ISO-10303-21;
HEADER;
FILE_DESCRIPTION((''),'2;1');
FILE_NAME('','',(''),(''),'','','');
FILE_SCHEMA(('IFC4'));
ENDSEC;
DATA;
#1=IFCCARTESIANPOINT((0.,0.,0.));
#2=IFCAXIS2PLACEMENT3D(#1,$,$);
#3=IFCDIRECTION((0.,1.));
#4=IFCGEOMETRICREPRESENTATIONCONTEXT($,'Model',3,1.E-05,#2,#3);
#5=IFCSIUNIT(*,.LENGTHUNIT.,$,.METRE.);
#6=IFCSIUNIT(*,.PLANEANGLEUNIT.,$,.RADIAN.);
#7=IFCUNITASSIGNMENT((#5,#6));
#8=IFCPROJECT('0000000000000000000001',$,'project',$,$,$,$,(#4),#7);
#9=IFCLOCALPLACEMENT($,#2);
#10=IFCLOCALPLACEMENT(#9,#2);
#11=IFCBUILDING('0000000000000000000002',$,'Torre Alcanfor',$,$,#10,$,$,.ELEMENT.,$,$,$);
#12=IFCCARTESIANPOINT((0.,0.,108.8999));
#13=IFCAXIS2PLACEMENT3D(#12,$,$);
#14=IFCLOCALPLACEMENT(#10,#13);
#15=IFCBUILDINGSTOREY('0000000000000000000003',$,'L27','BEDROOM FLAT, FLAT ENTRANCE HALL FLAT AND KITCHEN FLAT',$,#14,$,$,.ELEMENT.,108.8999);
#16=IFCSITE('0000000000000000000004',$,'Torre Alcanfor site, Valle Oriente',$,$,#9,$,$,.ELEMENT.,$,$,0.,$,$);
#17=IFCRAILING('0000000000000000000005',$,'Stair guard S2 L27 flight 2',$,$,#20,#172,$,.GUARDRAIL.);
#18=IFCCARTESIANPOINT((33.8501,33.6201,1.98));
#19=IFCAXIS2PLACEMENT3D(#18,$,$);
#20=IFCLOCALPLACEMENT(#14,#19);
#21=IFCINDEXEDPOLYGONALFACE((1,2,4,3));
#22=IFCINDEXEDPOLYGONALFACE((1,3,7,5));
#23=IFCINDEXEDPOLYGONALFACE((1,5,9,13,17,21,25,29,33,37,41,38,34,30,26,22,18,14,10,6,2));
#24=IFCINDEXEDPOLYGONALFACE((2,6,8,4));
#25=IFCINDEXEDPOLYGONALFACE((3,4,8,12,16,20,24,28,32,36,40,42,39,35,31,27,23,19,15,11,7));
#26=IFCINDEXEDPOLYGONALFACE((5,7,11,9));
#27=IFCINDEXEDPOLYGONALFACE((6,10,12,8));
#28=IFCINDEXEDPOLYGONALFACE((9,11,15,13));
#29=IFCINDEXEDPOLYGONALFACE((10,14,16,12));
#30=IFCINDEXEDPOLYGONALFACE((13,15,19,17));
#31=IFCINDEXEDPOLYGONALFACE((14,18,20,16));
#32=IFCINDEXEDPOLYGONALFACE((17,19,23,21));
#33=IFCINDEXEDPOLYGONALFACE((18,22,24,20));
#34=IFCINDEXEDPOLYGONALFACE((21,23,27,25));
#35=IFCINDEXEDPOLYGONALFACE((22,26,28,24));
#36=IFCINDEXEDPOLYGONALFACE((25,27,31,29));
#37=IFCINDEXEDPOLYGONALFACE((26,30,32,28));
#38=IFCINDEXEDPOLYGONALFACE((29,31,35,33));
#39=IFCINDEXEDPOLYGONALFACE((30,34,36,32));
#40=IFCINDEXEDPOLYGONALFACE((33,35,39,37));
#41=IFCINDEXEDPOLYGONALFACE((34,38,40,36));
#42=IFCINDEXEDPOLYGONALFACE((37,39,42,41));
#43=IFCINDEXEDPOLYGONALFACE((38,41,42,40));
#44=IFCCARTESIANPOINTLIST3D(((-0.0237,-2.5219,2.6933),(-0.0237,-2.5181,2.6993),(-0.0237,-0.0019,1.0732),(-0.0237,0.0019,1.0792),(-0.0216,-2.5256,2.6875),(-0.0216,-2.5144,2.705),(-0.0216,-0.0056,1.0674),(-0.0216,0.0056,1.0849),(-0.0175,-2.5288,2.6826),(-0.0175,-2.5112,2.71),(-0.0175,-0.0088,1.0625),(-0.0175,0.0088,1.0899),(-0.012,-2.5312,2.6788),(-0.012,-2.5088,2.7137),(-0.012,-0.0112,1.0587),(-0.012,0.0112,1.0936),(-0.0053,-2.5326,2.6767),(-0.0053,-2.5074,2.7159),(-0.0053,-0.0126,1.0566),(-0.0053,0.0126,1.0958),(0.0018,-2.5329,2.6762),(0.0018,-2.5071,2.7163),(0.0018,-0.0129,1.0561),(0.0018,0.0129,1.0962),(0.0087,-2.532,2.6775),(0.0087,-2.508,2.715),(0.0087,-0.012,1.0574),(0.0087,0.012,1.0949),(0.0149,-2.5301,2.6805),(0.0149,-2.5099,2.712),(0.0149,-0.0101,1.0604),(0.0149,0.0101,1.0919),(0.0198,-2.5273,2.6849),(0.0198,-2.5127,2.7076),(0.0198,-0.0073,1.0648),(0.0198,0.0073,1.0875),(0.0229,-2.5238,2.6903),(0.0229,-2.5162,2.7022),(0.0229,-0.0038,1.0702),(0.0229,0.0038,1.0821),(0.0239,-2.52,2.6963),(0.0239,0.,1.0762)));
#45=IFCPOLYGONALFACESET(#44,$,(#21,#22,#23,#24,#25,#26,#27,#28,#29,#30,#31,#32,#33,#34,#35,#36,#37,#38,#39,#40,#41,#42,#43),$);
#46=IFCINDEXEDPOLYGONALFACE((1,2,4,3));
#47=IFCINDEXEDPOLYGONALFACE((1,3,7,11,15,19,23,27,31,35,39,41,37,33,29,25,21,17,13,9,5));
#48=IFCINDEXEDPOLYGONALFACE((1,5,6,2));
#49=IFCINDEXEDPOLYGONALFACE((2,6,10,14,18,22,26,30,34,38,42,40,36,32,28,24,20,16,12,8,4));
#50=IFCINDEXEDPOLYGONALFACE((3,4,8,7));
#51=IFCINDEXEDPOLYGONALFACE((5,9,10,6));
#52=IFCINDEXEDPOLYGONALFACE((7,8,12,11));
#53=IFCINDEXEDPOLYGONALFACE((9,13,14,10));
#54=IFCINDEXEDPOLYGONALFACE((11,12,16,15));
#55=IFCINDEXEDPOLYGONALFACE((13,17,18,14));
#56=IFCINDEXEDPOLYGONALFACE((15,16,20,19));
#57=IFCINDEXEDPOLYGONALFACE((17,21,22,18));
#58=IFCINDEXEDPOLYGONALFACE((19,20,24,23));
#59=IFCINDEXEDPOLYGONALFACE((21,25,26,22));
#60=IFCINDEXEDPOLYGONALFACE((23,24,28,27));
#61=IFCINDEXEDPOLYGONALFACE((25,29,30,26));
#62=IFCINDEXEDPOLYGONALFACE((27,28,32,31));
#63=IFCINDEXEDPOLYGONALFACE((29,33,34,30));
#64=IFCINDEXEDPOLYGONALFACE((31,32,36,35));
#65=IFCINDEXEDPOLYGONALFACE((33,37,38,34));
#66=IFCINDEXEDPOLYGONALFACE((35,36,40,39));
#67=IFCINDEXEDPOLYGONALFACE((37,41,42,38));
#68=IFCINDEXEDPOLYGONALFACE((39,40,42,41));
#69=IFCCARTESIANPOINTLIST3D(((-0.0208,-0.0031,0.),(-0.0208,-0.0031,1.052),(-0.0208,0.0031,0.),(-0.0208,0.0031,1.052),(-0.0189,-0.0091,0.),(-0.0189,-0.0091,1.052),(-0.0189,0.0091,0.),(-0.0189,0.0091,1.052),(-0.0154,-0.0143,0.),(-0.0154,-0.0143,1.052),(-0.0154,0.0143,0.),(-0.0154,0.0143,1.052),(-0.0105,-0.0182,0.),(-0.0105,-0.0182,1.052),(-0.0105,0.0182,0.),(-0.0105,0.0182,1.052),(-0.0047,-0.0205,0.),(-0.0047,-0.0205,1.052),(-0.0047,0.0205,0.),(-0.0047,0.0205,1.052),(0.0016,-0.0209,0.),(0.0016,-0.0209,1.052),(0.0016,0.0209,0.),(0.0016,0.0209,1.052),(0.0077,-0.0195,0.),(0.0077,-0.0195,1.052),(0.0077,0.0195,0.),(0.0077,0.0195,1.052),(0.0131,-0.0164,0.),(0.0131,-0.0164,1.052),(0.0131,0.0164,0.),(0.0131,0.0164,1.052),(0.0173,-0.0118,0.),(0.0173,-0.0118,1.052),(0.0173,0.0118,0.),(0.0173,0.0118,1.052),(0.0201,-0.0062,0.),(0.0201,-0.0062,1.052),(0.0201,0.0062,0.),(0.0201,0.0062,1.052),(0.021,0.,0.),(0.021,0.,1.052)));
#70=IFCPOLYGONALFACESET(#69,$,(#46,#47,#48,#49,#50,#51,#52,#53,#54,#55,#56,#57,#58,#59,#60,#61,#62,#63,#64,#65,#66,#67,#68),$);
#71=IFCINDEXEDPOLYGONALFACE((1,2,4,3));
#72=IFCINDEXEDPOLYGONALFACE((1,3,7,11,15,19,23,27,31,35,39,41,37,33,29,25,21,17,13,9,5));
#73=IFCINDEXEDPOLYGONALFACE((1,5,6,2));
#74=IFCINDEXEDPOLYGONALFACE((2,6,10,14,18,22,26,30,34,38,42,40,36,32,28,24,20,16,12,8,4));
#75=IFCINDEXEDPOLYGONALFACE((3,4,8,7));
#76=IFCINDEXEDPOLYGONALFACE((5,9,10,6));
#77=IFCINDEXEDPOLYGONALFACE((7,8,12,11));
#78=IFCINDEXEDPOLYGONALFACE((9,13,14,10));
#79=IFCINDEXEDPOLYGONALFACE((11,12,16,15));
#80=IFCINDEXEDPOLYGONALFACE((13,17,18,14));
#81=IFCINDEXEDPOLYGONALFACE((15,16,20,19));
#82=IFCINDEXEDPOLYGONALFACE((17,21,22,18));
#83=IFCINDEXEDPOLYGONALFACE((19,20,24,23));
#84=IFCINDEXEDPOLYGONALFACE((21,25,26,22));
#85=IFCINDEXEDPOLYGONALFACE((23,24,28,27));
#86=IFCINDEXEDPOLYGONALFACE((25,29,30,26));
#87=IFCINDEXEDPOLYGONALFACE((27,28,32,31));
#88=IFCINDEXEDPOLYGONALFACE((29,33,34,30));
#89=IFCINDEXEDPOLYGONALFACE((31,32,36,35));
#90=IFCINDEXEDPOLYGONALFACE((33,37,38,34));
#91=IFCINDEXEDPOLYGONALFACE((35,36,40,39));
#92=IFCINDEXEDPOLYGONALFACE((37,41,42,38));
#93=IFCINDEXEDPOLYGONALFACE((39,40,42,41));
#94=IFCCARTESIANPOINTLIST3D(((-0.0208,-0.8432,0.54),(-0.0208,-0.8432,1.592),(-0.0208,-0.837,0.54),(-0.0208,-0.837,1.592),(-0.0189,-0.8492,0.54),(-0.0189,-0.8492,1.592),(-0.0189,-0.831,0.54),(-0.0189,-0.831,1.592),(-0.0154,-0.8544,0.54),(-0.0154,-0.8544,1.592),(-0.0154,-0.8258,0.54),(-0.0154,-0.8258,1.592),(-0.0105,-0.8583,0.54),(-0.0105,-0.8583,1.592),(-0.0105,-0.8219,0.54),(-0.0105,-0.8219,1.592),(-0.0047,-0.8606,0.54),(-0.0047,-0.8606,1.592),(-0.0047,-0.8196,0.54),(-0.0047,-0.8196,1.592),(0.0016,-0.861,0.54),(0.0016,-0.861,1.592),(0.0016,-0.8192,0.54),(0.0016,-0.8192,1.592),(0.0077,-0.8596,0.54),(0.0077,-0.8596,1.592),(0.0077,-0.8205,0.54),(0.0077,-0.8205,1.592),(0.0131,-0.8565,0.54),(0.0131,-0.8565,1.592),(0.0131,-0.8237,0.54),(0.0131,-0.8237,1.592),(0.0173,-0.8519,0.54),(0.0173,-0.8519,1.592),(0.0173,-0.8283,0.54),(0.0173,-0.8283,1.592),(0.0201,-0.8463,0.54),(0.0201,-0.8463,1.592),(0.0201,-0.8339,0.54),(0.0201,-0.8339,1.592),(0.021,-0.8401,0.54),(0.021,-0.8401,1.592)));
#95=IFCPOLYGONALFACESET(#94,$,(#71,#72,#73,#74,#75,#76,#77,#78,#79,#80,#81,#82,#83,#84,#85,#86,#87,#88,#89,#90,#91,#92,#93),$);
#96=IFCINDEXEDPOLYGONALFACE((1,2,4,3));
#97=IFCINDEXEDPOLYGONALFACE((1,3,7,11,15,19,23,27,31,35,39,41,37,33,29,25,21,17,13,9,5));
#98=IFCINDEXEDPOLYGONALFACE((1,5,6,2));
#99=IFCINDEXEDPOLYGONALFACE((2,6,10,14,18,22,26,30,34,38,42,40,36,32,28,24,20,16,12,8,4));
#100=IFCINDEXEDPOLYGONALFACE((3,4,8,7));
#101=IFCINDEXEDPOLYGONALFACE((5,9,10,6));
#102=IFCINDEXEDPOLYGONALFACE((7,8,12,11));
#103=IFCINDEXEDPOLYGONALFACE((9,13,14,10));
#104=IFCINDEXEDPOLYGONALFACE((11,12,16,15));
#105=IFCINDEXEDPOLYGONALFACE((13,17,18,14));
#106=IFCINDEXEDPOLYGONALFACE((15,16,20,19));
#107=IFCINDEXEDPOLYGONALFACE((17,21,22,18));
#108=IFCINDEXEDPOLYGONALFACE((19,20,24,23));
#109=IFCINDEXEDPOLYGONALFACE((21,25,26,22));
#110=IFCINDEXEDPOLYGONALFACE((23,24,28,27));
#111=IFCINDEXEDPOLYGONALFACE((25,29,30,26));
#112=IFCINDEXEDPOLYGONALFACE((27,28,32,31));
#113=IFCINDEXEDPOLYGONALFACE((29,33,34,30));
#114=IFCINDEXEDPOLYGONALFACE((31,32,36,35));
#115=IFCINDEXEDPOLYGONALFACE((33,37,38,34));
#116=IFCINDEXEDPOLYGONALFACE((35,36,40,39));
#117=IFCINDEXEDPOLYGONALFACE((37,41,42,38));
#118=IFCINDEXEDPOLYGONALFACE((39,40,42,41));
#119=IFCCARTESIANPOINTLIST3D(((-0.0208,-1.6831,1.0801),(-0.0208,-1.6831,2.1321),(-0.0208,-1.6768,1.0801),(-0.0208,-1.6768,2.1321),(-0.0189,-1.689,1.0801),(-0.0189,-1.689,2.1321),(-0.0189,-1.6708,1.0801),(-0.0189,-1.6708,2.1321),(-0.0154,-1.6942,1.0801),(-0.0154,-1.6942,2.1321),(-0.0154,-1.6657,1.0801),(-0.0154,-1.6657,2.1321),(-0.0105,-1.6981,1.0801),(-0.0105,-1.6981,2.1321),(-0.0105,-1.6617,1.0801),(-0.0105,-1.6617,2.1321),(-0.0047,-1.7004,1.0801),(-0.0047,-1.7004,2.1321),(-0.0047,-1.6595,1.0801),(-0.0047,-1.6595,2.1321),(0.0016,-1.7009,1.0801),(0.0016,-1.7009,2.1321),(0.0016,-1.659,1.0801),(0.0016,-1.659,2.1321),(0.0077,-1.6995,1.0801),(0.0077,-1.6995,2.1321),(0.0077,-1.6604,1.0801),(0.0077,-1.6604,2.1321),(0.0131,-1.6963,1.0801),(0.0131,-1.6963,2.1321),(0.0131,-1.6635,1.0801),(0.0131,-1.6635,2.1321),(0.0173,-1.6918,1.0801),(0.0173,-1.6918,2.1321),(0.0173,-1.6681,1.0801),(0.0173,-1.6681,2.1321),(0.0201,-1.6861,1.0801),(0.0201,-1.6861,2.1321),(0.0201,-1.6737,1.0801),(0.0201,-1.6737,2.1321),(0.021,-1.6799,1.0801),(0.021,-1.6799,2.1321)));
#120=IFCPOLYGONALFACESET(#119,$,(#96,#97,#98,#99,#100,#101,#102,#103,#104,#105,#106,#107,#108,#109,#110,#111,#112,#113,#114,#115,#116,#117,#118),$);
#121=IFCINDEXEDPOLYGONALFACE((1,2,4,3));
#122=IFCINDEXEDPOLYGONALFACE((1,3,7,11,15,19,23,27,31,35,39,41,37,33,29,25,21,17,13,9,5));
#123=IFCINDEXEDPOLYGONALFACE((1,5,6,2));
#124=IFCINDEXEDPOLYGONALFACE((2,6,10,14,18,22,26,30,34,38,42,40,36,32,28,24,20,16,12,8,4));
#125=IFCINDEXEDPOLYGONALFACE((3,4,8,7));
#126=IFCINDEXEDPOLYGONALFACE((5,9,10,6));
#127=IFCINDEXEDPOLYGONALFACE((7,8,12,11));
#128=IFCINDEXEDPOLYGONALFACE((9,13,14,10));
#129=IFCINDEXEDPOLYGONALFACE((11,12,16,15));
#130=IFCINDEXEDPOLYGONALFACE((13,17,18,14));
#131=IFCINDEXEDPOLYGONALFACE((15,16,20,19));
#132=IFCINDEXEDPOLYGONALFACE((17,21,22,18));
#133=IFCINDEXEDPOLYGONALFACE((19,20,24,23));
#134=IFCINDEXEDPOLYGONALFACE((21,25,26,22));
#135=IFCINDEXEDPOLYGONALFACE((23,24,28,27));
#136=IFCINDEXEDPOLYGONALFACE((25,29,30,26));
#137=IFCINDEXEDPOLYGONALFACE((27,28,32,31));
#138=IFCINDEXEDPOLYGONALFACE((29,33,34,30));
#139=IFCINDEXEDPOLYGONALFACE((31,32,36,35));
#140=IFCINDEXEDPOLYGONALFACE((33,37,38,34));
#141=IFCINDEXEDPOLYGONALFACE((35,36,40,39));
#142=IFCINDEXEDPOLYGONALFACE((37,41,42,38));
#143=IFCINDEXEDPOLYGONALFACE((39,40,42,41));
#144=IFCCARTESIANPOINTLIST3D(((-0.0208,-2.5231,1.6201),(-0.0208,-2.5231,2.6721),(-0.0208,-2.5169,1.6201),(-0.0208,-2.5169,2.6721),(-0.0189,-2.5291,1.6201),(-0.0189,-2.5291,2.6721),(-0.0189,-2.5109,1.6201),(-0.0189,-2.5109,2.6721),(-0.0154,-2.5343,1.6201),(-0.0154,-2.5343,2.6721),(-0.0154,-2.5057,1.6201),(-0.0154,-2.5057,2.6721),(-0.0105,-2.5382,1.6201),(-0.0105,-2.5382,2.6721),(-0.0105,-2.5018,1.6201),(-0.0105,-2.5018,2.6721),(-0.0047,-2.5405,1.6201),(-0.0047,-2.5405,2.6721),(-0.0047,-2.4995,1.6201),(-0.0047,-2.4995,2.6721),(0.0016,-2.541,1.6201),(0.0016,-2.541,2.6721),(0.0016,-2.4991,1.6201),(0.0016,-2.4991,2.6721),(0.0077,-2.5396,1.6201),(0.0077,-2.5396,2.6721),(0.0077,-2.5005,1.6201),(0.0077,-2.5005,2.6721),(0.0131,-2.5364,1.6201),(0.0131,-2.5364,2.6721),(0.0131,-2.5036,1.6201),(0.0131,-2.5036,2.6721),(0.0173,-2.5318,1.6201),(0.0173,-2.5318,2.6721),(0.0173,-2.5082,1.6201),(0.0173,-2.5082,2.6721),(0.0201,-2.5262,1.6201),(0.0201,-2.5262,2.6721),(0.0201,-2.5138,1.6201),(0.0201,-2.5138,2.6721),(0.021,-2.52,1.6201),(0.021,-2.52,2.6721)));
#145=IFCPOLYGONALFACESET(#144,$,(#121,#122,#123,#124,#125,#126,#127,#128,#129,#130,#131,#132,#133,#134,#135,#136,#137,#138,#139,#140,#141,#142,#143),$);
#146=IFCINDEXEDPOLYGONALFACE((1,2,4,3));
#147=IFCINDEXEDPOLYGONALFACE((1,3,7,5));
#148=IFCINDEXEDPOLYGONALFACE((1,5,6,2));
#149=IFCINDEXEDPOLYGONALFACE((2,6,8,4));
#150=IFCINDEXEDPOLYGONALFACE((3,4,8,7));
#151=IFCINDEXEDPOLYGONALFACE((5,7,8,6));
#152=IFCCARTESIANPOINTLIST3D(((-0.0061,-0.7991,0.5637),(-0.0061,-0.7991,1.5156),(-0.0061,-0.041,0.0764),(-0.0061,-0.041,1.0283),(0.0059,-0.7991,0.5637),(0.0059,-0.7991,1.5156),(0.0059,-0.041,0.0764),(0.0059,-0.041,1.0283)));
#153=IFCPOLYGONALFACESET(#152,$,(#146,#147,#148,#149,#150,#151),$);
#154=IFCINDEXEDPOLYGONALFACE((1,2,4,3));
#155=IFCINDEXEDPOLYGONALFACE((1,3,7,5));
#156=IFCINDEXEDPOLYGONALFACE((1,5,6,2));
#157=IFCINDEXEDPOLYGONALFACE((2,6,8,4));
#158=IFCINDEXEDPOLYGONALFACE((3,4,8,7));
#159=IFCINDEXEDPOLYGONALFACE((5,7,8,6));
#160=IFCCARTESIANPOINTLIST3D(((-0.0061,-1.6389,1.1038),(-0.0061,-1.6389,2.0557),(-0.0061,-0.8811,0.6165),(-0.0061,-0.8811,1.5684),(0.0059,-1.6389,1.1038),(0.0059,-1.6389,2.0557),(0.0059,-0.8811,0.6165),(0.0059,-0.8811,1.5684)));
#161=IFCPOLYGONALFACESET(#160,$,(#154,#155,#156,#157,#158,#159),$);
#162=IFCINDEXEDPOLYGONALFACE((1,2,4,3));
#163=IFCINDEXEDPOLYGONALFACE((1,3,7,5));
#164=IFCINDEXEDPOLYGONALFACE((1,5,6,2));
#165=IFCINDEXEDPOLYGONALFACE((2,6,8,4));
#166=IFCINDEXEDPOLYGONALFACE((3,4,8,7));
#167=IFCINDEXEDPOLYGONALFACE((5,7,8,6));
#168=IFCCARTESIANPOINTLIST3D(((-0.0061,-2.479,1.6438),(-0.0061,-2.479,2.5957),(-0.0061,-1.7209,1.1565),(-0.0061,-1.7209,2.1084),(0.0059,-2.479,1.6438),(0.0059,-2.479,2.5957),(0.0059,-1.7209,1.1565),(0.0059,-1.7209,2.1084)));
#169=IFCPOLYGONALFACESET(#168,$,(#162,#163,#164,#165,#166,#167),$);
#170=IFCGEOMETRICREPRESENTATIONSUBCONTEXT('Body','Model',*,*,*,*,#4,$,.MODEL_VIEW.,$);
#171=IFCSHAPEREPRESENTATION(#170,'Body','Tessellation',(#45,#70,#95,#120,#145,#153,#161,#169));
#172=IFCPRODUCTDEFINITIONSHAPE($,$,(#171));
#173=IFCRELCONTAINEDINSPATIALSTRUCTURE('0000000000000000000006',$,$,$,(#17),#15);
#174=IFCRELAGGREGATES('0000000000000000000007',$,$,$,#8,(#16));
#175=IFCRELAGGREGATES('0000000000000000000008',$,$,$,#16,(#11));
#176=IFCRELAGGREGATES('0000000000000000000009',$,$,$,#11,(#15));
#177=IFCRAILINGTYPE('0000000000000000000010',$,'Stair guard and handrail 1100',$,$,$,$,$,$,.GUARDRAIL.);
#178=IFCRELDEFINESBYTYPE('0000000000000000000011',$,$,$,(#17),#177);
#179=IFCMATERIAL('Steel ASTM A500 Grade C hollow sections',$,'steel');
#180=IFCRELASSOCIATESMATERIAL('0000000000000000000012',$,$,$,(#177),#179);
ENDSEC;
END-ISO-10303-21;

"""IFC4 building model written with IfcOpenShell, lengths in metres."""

from ifc_helpers import new_model, si_unit, direction, frame, origin, origin_2d, place, context, subcontext, project, spatial, polyline, circle, outline, extrude, material, type_object, element, save


model = new_model("IFC4")

# Units and contexts
model_context = context("Model", 3, precision=1e-05, world=origin(), true_north=direction((0.0, 1.0)))
body_context = subcontext(model_context, "Body", "Model", "MODEL_VIEW")
ifc_project = project(units=[si_unit("LENGTHUNIT", "METRE"), si_unit("PLANEANGLEUNIT", "RADIAN")], contexts=[model_context])

# Site, building, storey
site_placement = place(None, origin())
site = spatial("IfcSite", under=ifc_project, at=site_placement, Name="Torre Alcanfor site, Valle Oriente", CompositionType="ELEMENT", RefElevation=0.0)
building_placement = place(site_placement, origin())
building = spatial("IfcBuilding", under=site, at=building_placement, Name="Torre Alcanfor", CompositionType="ELEMENT")
storey_placement = place(building_placement, frame((0.0, 0.0, 108.8999)))
storey = spatial("IfcBuildingStorey", under=building, at=storey_placement, Name="L27", Description="BEDROOM FLAT, FLAT ENTRANCE HALL FLAT AND KITCHEN FLAT", CompositionType="ELEMENT", Elevation=108.8999)

# Railing
ifc_material_1 = material(Name="Steel ASTM A500 Grade C hollow sections", Category="steel")
railing_type_1 = type_object("IfcRailingType", Name="Stair guard and handrail 1100", PredefinedType="GUARDRAIL", material=ifc_material_1)
railing_1_placement = place(storey_placement, frame((33.8501, 33.6201, 1.98)))
element("IfcRailing", 1, at=railing_1_placement, inside=storey, type_object=railing_type_1, Name="Stair guard S2 L27 flight 2", PredefinedType="GUARDRAIL", context=body_context, shape_type="SweptSolid", body=[
    extrude(circle(Radius=0.0239, at=origin_2d()), frame((0.0, 0.0, 1.0762), z_axis=(0.0, -0.841163, 0.540782), x_axis=(1.0, 0.0, 0.0)), (0.0, 0.0, 1.0), 2.9958),
    extrude(circle(Radius=0.021, at=origin_2d()), origin(), (0.0, 0.0, 1.0), 1.052),
    extrude(circle(Radius=0.021, at=origin_2d()), frame((0.0, -0.8401, 0.54)), (0.0, 0.0, 1.0), 1.052),
    extrude(circle(Radius=0.021, at=origin_2d()), frame((0.0, -1.6799, 1.0801)), (0.0, 0.0, 1.0), 1.052),
    extrude(circle(Radius=0.021, at=origin_2d()), frame((0.0, -2.52, 1.6201)), (0.0, 0.0, 1.0), 1.052),
    extrude(outline(polyline([(0.041, 0.0764), (0.7991, 0.5637), (0.7991, 1.5156), (0.041, 1.0283), (0.041, 0.0764)])), frame((0.0059, 0.0, 0.0), z_axis=(-1.0, 0.0, 0.0), x_axis=(0.0, -1.0, 0.0)), (0.0, 0.0, 1.0), 0.012),
    extrude(outline(polyline([(0.8811, 0.6165), (1.6389, 1.1038), (1.6389, 2.0557), (0.8811, 1.5684), (0.8811, 0.6165)])), frame((0.0059, 0.0, 0.0), z_axis=(-1.0, 0.0, 0.0), x_axis=(0.0, -1.0, 0.0)), (0.0, 0.0, 1.0), 0.012),
    extrude(outline(polyline([(1.7209, 1.1565), (2.479, 1.6438), (2.479, 2.5957), (1.7209, 2.1084), (1.7209, 1.1565)])), frame((0.0059, 0.0, 0.0), z_axis=(-1.0, 0.0, 0.0), x_axis=(0.0, -1.0, 0.0)), (0.0, 0.0, 1.0), 0.012),
])

save(model, "model.ifc")
